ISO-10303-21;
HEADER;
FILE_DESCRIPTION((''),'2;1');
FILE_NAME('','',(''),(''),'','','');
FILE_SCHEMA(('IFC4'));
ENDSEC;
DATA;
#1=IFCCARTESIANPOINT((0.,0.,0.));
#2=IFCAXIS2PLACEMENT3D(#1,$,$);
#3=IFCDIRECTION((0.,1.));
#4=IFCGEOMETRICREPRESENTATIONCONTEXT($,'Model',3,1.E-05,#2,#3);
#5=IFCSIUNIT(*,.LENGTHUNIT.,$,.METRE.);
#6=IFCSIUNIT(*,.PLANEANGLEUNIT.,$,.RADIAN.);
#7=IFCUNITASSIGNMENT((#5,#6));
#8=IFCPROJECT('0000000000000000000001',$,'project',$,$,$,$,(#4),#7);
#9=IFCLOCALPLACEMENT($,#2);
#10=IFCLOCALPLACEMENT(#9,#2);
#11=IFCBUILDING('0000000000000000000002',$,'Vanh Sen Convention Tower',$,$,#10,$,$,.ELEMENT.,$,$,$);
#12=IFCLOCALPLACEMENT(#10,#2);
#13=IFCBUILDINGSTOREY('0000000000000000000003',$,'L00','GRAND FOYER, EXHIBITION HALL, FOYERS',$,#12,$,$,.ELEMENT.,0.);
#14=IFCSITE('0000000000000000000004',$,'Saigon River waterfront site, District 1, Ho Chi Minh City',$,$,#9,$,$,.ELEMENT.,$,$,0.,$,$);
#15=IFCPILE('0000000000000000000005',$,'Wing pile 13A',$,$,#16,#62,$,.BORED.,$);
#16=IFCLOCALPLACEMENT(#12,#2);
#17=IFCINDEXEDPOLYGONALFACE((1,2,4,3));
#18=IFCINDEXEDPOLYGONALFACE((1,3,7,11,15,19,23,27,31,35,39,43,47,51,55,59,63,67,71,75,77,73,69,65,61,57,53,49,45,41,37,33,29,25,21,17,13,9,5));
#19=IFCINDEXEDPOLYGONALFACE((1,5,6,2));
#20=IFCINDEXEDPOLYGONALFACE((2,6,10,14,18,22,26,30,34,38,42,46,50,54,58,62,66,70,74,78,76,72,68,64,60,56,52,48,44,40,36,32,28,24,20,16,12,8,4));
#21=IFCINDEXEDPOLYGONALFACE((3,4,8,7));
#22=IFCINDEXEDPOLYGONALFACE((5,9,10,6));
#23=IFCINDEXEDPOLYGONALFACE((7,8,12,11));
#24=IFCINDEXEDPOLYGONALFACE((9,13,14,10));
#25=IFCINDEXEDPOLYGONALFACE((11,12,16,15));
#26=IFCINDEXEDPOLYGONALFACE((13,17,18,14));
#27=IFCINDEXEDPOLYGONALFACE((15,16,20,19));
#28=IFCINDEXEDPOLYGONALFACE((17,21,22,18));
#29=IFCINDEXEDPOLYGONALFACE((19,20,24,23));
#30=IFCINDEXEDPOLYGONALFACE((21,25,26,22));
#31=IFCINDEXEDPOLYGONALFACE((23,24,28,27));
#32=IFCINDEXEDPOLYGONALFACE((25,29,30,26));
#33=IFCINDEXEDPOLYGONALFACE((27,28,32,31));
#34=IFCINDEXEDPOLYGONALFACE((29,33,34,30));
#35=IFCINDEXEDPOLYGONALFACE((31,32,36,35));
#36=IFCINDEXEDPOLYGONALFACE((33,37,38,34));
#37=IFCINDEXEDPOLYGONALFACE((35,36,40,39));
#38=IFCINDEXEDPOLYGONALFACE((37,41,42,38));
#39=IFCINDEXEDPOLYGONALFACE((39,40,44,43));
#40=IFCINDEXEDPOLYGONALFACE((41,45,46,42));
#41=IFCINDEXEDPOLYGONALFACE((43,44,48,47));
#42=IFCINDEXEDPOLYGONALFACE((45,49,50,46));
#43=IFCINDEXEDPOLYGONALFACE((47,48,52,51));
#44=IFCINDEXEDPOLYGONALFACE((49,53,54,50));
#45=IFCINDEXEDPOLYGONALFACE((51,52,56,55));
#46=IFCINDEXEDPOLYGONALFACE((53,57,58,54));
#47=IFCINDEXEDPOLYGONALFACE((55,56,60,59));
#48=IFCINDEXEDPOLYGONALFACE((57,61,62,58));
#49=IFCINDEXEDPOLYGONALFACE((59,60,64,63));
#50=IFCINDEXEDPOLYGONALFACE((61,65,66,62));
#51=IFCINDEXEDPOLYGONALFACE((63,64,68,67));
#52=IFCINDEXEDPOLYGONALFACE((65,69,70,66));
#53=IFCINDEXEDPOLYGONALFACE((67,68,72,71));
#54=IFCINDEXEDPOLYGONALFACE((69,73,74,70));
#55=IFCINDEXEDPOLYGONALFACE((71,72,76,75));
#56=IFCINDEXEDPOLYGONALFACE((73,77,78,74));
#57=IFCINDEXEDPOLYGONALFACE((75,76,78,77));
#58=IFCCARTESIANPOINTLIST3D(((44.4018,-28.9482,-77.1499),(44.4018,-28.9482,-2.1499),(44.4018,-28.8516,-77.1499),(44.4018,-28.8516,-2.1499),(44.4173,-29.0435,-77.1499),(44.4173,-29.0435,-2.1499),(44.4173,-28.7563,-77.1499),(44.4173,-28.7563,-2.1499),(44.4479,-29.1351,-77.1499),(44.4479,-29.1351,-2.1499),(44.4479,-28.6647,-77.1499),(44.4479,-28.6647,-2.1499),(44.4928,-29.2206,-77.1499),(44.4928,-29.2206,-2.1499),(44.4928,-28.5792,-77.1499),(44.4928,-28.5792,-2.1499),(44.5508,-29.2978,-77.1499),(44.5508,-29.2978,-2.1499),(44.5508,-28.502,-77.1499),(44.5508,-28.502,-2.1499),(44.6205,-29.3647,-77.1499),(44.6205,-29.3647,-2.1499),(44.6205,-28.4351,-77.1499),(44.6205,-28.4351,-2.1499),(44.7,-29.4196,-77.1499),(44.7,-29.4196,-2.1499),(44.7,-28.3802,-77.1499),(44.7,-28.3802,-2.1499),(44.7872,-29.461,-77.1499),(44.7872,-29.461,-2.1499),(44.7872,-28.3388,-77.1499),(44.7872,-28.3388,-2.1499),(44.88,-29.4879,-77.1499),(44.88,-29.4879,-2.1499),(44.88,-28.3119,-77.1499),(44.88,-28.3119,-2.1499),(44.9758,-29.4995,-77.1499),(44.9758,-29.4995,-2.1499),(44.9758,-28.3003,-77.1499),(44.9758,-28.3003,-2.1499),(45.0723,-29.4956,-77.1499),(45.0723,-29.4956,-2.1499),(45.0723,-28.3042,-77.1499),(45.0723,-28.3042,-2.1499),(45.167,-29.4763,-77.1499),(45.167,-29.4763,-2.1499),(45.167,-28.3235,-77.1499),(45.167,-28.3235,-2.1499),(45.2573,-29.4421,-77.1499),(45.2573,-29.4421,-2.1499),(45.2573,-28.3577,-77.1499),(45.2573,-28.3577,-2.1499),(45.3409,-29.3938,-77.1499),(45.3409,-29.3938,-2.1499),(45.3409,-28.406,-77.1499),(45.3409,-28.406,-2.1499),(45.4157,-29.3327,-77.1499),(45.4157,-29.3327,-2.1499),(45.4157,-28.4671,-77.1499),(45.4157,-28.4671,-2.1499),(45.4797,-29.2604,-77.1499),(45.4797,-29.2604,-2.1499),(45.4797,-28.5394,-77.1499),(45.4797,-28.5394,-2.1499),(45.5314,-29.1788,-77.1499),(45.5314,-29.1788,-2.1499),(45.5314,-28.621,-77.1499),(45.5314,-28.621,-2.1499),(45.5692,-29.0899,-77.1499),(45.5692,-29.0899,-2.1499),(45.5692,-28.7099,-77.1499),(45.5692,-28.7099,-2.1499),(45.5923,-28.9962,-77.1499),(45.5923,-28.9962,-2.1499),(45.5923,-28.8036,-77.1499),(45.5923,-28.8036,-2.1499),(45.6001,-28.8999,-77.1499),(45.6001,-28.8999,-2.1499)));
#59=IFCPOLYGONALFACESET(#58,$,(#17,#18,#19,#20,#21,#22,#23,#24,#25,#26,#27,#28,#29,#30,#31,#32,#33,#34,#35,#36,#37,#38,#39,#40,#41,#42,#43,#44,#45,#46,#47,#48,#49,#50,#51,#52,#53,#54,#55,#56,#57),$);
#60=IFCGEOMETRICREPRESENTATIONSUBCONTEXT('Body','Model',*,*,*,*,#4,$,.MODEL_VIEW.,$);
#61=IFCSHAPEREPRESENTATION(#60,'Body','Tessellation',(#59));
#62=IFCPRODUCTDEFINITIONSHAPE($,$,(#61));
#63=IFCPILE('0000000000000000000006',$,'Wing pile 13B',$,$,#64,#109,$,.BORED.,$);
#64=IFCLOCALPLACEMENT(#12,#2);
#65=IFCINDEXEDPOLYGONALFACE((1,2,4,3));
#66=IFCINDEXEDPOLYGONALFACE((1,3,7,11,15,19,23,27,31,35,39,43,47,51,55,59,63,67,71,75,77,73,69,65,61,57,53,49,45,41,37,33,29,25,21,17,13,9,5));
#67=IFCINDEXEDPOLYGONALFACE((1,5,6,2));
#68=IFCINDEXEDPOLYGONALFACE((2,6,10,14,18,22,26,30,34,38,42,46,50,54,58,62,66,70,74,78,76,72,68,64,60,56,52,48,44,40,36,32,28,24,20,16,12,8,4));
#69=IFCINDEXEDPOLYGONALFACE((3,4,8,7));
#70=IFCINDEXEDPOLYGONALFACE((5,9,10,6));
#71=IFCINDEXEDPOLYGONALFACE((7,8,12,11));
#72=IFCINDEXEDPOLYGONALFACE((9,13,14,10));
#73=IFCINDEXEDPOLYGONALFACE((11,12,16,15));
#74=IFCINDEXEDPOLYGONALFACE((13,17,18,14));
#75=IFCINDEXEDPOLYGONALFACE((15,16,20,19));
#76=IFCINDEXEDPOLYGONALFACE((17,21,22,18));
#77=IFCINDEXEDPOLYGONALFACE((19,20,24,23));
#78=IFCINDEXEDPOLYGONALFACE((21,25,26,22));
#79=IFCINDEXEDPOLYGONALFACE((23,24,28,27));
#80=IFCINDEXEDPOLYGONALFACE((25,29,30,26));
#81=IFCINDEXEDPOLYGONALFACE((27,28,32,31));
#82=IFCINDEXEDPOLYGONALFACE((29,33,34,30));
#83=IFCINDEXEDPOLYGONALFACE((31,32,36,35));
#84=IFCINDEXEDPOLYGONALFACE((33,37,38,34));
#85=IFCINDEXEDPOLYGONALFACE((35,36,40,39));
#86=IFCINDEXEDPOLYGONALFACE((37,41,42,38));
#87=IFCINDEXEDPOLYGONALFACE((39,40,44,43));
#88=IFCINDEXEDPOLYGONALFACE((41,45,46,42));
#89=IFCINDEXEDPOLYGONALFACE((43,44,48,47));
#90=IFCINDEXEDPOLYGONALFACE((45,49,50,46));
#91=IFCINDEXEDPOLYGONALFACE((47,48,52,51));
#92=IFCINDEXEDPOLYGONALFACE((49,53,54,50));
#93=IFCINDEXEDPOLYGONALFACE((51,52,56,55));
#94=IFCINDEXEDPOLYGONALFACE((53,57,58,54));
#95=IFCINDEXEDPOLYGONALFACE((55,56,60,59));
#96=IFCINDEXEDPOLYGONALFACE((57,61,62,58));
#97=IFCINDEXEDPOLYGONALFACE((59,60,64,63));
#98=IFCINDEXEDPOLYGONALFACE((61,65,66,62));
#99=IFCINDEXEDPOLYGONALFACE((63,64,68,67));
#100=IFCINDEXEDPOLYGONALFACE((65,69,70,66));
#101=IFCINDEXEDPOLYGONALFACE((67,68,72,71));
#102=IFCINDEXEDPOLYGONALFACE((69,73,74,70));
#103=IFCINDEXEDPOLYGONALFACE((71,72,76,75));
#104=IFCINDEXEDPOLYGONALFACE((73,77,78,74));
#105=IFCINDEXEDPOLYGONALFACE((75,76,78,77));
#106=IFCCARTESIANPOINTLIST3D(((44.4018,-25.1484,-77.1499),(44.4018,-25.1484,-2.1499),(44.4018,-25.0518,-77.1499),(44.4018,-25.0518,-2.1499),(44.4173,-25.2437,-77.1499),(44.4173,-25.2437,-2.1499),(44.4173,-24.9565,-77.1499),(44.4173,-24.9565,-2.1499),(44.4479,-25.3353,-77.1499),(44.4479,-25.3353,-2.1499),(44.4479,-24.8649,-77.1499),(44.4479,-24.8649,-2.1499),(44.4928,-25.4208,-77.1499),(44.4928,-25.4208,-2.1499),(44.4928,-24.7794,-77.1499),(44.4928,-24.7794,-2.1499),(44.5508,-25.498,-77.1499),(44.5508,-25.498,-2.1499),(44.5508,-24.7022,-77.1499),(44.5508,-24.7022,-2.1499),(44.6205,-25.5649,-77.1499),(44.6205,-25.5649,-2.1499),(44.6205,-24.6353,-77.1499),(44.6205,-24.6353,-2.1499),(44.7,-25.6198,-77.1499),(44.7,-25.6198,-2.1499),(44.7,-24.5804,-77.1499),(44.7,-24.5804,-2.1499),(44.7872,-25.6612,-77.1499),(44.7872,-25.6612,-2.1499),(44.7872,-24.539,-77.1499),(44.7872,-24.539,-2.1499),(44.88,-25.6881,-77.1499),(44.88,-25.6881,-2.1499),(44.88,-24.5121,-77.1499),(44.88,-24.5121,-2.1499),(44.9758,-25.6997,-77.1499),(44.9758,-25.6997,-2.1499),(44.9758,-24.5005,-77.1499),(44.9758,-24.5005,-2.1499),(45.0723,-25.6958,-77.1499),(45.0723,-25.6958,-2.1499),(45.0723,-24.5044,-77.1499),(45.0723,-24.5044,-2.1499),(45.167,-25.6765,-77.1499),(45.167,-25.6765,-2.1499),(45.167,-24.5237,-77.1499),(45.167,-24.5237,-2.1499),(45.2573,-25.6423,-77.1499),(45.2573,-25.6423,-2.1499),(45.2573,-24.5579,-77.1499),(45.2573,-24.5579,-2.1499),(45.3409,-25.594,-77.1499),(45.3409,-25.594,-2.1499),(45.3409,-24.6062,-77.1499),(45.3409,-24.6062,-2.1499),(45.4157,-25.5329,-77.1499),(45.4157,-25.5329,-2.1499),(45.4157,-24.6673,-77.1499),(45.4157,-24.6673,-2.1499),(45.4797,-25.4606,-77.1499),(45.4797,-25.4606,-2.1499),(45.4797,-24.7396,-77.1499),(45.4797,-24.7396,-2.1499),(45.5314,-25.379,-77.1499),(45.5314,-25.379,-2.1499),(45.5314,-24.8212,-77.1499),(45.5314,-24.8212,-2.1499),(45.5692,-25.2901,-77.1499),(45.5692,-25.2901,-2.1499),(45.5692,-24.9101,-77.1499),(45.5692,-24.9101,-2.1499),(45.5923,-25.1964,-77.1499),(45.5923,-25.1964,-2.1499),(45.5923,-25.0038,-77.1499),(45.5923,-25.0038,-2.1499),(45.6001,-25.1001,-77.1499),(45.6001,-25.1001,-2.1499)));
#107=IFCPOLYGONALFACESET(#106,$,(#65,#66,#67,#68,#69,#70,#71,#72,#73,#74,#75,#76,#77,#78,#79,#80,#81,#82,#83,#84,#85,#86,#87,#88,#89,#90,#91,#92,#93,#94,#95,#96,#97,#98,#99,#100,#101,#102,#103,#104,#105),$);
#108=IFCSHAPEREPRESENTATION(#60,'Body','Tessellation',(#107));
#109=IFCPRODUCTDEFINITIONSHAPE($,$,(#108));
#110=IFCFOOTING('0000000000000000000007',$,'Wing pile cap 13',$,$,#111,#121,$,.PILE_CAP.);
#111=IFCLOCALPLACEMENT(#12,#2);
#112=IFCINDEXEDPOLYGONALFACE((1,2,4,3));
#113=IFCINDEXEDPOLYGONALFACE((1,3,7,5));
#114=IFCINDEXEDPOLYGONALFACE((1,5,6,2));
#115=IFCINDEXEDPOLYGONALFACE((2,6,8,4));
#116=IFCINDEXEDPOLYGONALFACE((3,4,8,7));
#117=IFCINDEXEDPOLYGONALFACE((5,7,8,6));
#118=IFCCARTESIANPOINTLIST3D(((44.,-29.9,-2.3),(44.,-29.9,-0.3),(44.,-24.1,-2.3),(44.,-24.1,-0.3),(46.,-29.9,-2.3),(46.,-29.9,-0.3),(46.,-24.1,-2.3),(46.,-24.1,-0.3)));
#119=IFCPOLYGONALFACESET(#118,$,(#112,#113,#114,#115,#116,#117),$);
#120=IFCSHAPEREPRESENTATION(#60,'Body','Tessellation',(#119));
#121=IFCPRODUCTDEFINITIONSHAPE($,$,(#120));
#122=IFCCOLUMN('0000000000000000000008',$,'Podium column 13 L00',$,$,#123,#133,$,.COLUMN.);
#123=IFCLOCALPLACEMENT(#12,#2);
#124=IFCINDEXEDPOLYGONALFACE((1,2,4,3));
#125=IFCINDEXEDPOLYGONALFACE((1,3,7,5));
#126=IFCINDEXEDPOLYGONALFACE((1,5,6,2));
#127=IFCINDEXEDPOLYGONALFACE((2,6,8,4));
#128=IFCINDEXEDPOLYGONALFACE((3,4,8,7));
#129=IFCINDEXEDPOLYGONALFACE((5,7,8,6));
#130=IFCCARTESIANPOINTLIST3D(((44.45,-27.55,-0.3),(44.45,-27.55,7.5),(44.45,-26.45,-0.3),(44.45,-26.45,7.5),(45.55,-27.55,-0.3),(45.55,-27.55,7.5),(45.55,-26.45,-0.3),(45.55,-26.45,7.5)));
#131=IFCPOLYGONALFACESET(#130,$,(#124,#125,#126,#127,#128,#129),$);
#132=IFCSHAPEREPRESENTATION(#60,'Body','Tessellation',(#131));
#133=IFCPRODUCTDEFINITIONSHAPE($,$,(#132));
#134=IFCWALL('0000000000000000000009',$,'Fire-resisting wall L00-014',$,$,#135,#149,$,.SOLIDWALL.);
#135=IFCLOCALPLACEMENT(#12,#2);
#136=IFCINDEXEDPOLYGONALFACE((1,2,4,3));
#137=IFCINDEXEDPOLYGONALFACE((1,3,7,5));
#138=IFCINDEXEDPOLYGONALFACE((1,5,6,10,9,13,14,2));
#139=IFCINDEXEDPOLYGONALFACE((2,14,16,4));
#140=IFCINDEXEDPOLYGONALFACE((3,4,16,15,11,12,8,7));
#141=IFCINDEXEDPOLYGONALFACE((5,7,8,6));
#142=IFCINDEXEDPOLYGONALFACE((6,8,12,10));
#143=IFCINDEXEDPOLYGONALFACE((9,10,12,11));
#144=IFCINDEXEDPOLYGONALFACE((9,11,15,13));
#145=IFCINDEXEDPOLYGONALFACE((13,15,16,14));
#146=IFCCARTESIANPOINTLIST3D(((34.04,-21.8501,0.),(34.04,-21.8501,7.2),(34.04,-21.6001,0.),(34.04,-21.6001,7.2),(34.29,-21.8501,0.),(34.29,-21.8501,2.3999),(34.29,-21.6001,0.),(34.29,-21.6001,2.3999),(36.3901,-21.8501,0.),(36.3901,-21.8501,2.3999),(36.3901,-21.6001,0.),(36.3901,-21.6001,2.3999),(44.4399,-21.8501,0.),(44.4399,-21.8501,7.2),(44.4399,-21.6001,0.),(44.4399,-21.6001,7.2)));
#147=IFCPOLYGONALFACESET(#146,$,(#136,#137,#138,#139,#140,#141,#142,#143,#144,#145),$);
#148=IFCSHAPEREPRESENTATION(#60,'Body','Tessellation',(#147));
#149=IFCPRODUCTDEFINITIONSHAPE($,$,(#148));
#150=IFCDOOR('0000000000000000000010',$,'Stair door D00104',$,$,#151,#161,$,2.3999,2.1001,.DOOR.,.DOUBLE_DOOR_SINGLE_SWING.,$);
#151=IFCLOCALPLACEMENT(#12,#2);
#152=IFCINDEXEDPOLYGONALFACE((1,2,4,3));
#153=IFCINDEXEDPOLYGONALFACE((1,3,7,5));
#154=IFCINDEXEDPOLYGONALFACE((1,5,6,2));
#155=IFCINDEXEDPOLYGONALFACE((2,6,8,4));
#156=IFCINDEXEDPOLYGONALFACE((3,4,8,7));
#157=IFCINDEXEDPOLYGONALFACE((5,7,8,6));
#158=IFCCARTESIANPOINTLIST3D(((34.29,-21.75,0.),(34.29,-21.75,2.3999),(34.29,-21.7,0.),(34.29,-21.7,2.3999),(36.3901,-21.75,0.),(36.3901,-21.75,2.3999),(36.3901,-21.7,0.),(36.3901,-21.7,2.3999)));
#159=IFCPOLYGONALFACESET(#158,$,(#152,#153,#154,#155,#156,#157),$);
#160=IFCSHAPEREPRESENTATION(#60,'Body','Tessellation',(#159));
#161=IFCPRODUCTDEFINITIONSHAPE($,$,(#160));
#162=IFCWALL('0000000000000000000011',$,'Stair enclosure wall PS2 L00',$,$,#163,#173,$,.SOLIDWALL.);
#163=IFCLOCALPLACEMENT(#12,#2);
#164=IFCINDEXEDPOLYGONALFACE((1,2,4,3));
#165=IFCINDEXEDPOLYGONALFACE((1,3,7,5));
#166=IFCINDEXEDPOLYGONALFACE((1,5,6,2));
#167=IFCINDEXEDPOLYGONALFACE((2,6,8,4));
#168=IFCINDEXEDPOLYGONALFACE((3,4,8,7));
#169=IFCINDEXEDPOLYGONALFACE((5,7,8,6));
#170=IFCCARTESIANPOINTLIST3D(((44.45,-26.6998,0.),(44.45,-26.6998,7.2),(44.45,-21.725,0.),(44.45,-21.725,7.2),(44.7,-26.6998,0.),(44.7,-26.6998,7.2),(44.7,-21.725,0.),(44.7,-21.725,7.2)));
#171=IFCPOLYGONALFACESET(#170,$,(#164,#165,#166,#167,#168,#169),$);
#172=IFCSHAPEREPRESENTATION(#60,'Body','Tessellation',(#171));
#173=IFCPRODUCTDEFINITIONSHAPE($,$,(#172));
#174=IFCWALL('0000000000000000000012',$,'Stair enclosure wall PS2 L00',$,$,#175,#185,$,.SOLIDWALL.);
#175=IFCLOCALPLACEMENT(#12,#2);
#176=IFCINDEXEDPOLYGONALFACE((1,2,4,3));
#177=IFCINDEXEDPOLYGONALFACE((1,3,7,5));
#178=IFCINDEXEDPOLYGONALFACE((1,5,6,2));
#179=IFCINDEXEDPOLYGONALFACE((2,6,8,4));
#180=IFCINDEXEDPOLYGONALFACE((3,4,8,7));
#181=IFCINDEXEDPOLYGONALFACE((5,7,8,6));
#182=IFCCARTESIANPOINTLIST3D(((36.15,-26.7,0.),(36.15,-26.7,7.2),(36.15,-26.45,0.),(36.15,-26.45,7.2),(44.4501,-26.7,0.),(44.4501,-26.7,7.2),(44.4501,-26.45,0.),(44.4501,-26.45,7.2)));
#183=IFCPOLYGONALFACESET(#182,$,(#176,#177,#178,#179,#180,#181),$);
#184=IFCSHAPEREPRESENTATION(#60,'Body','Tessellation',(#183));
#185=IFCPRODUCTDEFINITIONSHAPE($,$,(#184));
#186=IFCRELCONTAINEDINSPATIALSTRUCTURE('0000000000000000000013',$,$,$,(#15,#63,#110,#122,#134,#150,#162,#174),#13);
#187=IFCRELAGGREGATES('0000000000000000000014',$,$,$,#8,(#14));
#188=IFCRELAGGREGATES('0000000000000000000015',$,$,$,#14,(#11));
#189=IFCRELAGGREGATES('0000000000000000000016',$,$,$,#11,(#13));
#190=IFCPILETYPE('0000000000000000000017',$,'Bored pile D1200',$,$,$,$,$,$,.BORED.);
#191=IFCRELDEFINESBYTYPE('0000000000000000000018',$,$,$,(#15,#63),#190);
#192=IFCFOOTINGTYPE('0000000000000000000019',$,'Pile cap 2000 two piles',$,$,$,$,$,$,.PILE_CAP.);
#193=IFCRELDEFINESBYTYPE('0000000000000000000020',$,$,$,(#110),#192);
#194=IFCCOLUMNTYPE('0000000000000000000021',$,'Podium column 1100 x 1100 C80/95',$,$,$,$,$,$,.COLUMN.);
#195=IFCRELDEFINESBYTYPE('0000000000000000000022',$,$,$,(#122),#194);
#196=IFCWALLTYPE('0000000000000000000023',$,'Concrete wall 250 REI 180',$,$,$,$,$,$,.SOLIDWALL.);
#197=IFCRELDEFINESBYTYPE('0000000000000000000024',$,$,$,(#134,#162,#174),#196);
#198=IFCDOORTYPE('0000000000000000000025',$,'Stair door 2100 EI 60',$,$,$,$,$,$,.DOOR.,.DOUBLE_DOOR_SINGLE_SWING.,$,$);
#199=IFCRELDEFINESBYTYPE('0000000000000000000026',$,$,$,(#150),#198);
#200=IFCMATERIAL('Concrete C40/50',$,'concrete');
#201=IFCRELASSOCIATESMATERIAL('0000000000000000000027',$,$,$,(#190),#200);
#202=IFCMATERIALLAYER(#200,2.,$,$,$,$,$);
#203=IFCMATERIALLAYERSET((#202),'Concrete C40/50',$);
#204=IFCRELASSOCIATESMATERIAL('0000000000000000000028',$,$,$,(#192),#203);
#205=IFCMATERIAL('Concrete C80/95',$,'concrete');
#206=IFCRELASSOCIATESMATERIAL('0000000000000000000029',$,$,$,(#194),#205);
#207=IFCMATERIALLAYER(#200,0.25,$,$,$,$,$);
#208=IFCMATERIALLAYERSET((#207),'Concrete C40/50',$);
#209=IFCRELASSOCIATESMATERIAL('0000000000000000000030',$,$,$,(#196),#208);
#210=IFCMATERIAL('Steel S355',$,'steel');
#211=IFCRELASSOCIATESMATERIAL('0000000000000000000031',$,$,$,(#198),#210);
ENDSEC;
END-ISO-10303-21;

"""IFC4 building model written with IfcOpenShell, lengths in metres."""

from ifc_helpers import new_model, si_unit, direction, frame, frame_2d, origin, origin_2d, place, context, subcontext, project, spatial, rectangle, circle, extrude, material, layer, layer_set, material_profile, profile_set, type_object, element, fill, save


model = new_model("IFC4")

# Units and contexts
model_context = context("Model", 3, precision=1e-05, world=origin(), true_north=direction((0.0, 1.0)))
body_context = subcontext(model_context, "Body", "Model", "MODEL_VIEW")
ifc_project = project(units=[si_unit("LENGTHUNIT", "METRE"), si_unit("PLANEANGLEUNIT", "RADIAN")], contexts=[model_context])

# Site, building, storey
site_placement = place(None, origin())
site = spatial("IfcSite", under=ifc_project, at=site_placement, Name="Saigon River waterfront site, District 1, Ho Chi Minh City", CompositionType="ELEMENT", RefElevation=0.0)
building_placement = place(site_placement, origin())
building = spatial("IfcBuilding", under=site, at=building_placement, Name="Vanh Sen Convention Tower", CompositionType="ELEMENT")
storey_placement = place(building_placement, origin())
storey = spatial("IfcBuildingStorey", under=building, at=storey_placement, Name="L00", Description="GRAND FOYER, EXHIBITION HALL, FOYERS", CompositionType="ELEMENT", Elevation=0.0)

# Piles
ifc_material_1 = material(Name="Concrete C40/50", Category="concrete")
ifc_material_profile_1 = material_profile(ifc_material_1, circle(Radius=0.6001, at=origin_2d()), Name="Bored pile D1200")
ifc_profile_set_1 = profile_set([ifc_material_profile_1], Name="Concrete C40/50")
pile_type = type_object("IfcPileType", Name="Bored pile D1200", PredefinedType="BORED", material=ifc_profile_set_1)
for number, where, z_axis, x_axis, name in (
    (1, (45.0, -28.8999, -2.1499), (0.0, 0.0, -1.0), (1.0, 0.0, 0.0), "Wing pile 13A"),
    (2, (45.0, -25.1001, -2.1499), (0.0, 0.0, -1.0), (1.0, 0.0, 0.0), "Wing pile 13B"),
):
    element("IfcPile", number, at=place(storey_placement, frame(where, z_axis=z_axis, x_axis=x_axis)), inside=storey, type_object=pile_type, Name=name, PredefinedType="BORED", context=body_context, shape_type="SweptSolid", body=[
        extrude(circle(Radius=0.6001, at=origin_2d()), origin(), (0.0, 0.0, 1.0), 75.0),
    ])

# Footing
ifc_layer_1 = layer(ifc_material_1, 2.0)
ifc_layer_set_1 = layer_set([ifc_layer_1], Name="Concrete C40/50")
footing_type = type_object("IfcFootingType", Name="Pile cap 2000 two piles", PredefinedType="PILE_CAP", material=ifc_layer_set_1)
footing_placement = place(storey_placement, frame((45.0, -27.0, -2.3), z_axis=(0.0, 0.0, 1.0), x_axis=(1.0, 0.0, 0.0)))
element("IfcFooting", 3, at=footing_placement, inside=storey, type_object=footing_type, Name="Wing pile cap 13", PredefinedType="PILE_CAP", context=body_context, shape_type="SweptSolid", body=[
    extrude(rectangle(XDim=2.0, YDim=5.8, at=origin_2d()), origin(), (0.0, 0.0, 1.0), 2.0),
])

# Column
ifc_material_2 = material(Name="Concrete C80/95", Category="concrete")
ifc_material_profile_2 = material_profile(ifc_material_2, rectangle(XDim=1.1001, YDim=1.1001, at=origin_2d()), Name="RC 1100X1100")
ifc_profile_set_2 = profile_set([ifc_material_profile_2], Name="Concrete C80/95")
column_type = type_object("IfcColumnType", Name="Podium column 1100 x 1100 C80/95", PredefinedType="COLUMN", material=ifc_profile_set_2)
column_placement = place(storey_placement, frame((45.0, -27.0, -0.3), z_axis=(0.0, 0.0, 1.0), x_axis=(1.0, 0.0, 0.0)))
element("IfcColumn", 4, at=column_placement, inside=storey, type_object=column_type, Name="Podium column 13 L00", PredefinedType="COLUMN", context=body_context, shape_type="SweptSolid", body=[
    extrude(rectangle(XDim=1.1001, YDim=1.1001, at=origin_2d()), origin(), (0.0, 0.0, 1.0), 7.8),
])

# Wall, opening, door
ifc_layer_2 = layer(ifc_material_1, 0.25)
ifc_layer_set_2 = layer_set([ifc_layer_2], Name="Concrete C40/50")
wall_type_1 = type_object("IfcWallType", Name="Concrete wall 250 REI 180", PredefinedType="SOLIDWALL", material=ifc_layer_set_2)
wall_1_placement = place(storey_placement, frame((34.04, -21.7251, 0.0), z_axis=(0.0, 0.0, 1.0), x_axis=(1.0, 0.0, 0.0)))
wall_1 = element("IfcWall", 5, at=wall_1_placement, inside=storey, type_object=wall_type_1, Name="Fire-resisting wall L00-014", PredefinedType="SOLIDWALL", context=body_context, shape_type="SweptSolid", body=[
    extrude(rectangle(XDim=10.3999, YDim=0.25, at=frame_2d((5.2, 0.0))), origin(), (0.0, 0.0, 1.0), 7.2),
])
opening_1_placement = place(wall_1_placement, frame((0.25, 0.0, 0.0)))
opening_1 = element("IfcOpeningElement", 6, at=opening_1_placement, cuts=wall_1, PredefinedType="OPENING", context=body_context, shape_type="SweptSolid", body=[
    extrude(rectangle(XDim=2.1001, YDim=2.3999, at=frame_2d((1.05, 1.2))), frame((0.0, 0.135, 0.0), z_axis=(0.0, -1.0, 0.0), x_axis=(1.0, 0.0, 0.0)), (0.0, 0.0, 1.0), 0.27),
])
ifc_material_3 = material(Name="Steel S355", Category="steel")
door_type_1 = type_object("IfcDoorType", Name="Stair door 2100 EI 60", OperationType="DOUBLE_DOOR_SINGLE_SWING", PredefinedType="DOOR", material=ifc_material_3)
door_1_placement = place(opening_1_placement, frame((2.1001, 0.0, 0.0), z_axis=(0.0, 0.0, 1.0), x_axis=(-1.0, 0.0, 0.0)))
door_1 = element("IfcDoor", 7, at=door_1_placement, inside=storey, type_object=door_type_1, Name="Stair door D00104", OperationType="DOUBLE_DOOR_SINGLE_SWING", OverallHeight=2.3999, OverallWidth=2.1001, PredefinedType="DOOR", context=body_context, shape_type="SweptSolid", body=[
    extrude(rectangle(XDim=2.1001, YDim=2.3999, at=frame_2d((1.05, 1.2))), frame((0.0, 0.0249, 0.0), z_axis=(0.0, -1.0, 0.0), x_axis=(1.0, 0.0, 0.0)), (0.0, 0.0, 1.0), 0.05),
])
fill(opening_1, door_1)

# Walls
wall_2_placement = place(storey_placement, frame((44.575, -21.7251, 0.0), z_axis=(0.0, 0.0, 1.0), x_axis=(0.0, -1.0, 0.0)))
element("IfcWall", 8, at=wall_2_placement, inside=storey, type_object=wall_type_1, Name="Stair enclosure wall PS2 L00", PredefinedType="SOLIDWALL", context=body_context, shape_type="SweptSolid", body=[
    extrude(rectangle(XDim=4.9749, YDim=0.25, at=frame_2d((2.4873, 0.0))), origin(), (0.0, 0.0, 1.0), 7.2),
])
wall_3_placement = place(storey_placement, frame((44.45, -26.575, 0.0), z_axis=(0.0, 0.0, 1.0), x_axis=(-1.0, 0.0, 0.0)))
element("IfcWall", 9, at=wall_3_placement, inside=storey, type_object=wall_type_1, Name="Stair enclosure wall PS2 L00", PredefinedType="SOLIDWALL", context=body_context, shape_type="SweptSolid", body=[
    extrude(rectangle(XDim=8.3, YDim=0.25, at=frame_2d((4.1499, 0.0))), origin(), (0.0, 0.0, 1.0), 7.2),
])

save(model, "model.ifc")
